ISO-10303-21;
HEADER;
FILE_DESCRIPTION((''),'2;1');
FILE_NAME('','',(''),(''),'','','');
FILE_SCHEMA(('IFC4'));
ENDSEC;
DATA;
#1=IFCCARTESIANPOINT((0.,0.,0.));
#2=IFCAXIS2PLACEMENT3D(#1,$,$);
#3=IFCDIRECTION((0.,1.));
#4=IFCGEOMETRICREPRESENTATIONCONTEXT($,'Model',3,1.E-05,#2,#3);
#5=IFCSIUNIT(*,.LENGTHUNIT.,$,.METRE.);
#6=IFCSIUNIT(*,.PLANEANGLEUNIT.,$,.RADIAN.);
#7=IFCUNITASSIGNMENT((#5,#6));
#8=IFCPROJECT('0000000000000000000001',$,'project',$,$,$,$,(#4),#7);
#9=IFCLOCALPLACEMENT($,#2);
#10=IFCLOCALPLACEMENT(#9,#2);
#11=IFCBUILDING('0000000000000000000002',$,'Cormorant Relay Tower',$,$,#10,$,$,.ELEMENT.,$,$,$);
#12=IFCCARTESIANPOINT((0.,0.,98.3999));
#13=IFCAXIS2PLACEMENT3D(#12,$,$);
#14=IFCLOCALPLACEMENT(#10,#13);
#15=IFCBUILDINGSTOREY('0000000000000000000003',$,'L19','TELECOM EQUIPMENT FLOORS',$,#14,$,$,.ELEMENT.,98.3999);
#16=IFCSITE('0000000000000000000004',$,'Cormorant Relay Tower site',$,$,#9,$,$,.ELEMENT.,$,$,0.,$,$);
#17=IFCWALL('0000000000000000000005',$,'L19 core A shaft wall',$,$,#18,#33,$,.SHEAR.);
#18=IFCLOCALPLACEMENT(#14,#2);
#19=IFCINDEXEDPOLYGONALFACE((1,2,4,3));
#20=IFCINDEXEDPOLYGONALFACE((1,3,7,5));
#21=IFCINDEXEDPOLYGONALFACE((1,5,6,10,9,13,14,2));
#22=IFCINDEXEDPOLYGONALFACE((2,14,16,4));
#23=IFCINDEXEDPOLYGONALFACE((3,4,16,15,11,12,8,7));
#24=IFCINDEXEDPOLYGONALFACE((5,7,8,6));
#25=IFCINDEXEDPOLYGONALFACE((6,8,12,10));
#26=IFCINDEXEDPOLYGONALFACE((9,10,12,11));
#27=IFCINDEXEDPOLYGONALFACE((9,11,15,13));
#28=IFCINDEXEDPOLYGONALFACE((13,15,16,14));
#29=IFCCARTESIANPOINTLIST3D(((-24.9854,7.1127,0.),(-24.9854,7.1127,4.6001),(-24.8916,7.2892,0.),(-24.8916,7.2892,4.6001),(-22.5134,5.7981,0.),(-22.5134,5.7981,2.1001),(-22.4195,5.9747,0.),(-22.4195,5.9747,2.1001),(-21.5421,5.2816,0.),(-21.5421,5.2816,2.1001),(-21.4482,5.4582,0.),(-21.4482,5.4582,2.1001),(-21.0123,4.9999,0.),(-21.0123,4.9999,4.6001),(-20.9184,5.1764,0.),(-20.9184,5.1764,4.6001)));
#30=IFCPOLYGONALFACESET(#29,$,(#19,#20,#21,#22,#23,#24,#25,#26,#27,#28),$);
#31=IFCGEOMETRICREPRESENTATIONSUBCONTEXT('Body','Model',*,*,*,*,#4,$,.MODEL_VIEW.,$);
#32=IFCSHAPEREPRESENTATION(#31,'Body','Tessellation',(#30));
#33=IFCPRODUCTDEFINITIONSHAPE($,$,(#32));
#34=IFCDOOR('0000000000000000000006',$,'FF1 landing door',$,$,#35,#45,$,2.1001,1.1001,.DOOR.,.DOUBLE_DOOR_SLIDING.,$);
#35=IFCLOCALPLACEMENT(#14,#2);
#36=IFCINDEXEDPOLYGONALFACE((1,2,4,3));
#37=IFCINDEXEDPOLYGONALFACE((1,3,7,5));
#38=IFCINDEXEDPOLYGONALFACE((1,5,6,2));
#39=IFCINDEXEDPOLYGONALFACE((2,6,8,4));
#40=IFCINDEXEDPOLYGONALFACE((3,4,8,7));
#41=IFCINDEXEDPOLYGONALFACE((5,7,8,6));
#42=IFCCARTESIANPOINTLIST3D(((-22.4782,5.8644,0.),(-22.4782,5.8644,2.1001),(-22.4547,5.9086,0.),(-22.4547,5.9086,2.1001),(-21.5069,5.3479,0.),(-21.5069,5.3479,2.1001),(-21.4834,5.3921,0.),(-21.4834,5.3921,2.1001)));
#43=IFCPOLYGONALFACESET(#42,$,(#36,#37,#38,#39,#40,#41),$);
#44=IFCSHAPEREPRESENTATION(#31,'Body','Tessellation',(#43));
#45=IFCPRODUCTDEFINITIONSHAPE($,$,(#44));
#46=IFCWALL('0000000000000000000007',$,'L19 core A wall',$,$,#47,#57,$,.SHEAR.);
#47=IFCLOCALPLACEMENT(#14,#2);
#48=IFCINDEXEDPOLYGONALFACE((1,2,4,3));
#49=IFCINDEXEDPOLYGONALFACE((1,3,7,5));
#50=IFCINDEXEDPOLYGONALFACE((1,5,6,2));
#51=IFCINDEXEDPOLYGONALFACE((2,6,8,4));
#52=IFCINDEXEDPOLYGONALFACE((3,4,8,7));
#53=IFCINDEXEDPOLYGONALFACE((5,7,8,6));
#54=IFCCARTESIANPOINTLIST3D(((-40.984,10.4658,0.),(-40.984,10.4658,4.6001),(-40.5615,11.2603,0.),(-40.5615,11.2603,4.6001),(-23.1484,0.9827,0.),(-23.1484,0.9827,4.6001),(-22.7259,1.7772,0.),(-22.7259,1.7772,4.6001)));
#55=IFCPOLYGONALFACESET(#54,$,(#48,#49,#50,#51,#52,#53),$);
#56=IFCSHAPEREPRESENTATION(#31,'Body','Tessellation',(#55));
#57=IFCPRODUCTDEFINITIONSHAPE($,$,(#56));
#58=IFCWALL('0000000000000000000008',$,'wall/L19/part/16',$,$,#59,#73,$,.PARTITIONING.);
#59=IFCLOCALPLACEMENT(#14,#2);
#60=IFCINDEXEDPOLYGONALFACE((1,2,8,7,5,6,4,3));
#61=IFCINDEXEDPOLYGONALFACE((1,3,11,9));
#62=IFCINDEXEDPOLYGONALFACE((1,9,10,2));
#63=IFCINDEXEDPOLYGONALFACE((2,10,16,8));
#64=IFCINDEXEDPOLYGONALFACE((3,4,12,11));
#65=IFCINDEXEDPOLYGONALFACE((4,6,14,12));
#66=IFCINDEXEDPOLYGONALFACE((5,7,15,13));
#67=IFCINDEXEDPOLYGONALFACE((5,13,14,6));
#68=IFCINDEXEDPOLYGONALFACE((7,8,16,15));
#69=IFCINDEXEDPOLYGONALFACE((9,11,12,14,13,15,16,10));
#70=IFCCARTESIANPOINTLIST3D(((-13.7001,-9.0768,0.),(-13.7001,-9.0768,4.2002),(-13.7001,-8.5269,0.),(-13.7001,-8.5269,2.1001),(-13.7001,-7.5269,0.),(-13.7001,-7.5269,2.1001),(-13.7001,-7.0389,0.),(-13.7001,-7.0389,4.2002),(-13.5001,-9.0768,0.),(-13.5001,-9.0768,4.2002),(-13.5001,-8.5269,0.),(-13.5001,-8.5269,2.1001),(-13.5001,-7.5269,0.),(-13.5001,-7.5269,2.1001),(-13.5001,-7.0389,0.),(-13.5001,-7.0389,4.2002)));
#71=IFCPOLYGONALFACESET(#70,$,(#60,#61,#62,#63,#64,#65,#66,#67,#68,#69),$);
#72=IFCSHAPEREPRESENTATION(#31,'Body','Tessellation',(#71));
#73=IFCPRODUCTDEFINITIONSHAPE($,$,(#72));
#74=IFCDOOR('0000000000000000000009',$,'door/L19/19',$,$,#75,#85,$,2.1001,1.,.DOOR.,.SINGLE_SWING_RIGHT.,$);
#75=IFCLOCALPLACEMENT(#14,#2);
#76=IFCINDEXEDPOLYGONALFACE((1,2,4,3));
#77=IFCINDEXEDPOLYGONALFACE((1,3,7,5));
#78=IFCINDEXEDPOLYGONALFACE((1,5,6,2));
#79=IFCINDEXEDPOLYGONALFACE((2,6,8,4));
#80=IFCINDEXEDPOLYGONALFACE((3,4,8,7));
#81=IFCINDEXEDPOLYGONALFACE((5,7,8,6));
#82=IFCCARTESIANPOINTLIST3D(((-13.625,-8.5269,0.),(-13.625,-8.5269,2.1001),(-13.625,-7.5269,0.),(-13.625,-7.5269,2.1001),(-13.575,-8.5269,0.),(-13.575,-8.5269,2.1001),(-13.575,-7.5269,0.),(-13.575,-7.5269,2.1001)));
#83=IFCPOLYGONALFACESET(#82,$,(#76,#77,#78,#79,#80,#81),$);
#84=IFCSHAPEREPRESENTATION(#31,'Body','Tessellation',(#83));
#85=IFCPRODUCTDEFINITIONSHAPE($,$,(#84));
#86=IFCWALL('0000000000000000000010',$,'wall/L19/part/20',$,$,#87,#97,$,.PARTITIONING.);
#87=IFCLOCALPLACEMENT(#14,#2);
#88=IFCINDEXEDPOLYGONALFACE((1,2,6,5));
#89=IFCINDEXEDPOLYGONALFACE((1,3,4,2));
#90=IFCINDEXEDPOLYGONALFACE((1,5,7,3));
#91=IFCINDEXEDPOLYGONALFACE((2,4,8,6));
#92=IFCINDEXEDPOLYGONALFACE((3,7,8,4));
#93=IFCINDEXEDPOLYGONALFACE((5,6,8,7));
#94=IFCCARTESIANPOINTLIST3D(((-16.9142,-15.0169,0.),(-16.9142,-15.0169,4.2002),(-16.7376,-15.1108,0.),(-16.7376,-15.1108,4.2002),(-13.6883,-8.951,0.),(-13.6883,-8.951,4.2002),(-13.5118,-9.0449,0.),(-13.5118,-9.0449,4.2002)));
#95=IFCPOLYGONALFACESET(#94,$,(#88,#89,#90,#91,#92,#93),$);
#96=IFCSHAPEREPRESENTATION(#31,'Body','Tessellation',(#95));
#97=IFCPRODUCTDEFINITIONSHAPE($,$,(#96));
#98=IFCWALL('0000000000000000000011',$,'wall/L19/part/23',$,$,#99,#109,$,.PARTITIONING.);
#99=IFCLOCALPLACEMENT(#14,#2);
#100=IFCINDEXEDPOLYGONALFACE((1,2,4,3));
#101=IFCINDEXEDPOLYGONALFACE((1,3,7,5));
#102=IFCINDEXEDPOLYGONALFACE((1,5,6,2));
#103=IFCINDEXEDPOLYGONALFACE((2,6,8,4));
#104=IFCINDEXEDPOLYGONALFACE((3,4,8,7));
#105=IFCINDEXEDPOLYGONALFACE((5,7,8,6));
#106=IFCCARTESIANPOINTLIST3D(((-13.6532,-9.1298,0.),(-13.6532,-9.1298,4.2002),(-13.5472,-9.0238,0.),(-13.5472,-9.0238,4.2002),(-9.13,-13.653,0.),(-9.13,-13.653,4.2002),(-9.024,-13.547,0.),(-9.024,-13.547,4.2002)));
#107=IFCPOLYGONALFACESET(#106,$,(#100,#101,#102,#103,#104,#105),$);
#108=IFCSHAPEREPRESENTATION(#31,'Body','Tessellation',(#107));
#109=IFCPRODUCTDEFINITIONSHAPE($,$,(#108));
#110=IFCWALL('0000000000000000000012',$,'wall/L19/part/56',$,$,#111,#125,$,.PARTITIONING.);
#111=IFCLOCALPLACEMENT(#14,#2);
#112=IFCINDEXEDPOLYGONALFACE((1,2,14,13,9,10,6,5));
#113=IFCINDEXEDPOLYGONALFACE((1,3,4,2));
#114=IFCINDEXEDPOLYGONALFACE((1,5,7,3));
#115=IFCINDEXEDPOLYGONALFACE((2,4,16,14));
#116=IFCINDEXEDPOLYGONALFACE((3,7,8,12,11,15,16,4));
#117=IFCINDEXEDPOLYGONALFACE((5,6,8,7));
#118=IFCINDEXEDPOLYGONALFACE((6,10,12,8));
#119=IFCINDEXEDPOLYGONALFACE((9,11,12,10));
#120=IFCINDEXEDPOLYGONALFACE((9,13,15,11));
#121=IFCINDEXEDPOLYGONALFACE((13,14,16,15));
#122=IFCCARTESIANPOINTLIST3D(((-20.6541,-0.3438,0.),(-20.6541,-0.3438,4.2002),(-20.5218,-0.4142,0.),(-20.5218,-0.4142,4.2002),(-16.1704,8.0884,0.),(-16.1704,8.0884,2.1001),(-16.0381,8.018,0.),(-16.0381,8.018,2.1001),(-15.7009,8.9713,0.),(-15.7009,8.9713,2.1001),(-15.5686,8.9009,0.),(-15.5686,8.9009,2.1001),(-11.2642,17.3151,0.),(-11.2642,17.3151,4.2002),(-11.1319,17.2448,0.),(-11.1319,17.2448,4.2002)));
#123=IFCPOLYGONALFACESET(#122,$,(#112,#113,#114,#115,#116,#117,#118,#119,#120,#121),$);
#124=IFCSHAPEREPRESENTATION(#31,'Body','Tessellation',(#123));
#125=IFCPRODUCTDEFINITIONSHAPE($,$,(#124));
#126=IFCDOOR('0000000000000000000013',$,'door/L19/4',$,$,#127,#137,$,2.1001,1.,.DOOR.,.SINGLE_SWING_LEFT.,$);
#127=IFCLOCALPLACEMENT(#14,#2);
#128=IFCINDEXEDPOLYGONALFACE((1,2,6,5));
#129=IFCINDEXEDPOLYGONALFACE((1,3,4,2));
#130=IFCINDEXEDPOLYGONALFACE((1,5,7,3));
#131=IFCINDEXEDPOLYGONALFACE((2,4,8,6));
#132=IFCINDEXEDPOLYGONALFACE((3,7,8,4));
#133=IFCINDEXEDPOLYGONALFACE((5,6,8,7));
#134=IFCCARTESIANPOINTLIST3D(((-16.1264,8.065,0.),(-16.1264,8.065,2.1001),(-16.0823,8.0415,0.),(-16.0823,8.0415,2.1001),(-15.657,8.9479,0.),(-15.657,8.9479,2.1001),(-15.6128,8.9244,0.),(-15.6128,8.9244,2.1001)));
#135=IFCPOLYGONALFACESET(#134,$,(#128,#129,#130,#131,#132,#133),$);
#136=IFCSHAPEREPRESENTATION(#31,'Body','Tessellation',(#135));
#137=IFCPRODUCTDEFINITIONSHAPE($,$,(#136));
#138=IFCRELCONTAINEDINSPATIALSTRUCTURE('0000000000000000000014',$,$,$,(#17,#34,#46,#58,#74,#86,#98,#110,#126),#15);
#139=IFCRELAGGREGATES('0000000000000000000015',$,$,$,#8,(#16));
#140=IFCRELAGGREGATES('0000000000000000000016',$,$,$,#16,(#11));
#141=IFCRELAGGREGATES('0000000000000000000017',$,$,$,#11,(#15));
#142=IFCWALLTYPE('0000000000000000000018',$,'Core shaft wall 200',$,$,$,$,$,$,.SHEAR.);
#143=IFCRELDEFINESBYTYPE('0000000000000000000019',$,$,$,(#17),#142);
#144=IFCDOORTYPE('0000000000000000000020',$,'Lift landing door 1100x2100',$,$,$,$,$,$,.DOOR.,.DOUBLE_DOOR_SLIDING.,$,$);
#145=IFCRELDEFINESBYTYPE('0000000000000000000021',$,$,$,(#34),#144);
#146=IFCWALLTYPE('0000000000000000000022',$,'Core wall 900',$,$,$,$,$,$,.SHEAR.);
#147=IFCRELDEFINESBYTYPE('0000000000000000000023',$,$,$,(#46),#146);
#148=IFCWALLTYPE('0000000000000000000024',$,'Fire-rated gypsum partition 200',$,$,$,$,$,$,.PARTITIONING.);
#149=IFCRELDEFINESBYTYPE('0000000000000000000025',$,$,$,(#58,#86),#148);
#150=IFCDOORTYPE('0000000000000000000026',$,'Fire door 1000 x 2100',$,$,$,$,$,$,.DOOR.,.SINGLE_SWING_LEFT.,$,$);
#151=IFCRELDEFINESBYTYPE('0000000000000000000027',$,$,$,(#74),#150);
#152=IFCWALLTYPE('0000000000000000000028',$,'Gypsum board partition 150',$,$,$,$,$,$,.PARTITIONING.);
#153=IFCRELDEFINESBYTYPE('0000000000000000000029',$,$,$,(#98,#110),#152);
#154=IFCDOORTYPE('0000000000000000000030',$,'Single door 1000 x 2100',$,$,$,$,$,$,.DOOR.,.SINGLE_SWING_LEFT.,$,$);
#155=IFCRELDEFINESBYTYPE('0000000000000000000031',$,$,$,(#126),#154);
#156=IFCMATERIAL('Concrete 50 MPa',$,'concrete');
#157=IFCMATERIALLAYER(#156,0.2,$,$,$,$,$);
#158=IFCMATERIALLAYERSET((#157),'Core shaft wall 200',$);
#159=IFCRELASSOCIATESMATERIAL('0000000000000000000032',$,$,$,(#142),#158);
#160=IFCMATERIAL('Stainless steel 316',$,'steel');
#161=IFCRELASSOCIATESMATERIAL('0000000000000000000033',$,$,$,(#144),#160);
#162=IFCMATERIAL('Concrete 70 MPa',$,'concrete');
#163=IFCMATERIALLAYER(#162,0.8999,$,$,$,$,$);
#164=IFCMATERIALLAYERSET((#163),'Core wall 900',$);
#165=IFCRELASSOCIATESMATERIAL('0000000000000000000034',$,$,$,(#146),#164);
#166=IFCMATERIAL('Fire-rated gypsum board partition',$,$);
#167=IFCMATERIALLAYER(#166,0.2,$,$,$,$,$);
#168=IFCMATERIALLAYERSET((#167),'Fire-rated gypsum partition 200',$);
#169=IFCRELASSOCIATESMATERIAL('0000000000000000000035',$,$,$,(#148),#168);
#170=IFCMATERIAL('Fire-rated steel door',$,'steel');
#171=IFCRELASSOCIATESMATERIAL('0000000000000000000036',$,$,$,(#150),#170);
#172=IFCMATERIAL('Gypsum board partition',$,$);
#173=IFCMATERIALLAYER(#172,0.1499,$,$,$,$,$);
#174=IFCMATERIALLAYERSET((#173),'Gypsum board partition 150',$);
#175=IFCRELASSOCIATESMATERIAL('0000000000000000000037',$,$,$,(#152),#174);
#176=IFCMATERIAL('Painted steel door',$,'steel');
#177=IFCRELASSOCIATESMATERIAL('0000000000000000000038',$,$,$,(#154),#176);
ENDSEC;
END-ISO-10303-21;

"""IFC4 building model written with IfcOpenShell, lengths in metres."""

from ifc_helpers import new_model, si_unit, direction, frame, frame_2d, origin, place, context, subcontext, project, spatial, rectangle, extrude, material, layer, layer_set, type_object, element, fill, save


model = new_model("IFC4")

# Units and contexts
model_context = context("Model", 3, precision=1e-05, world=origin(), true_north=direction((0.0, 1.0)))
body_context = subcontext(model_context, "Body", "Model", "MODEL_VIEW")
ifc_project = project(units=[si_unit("LENGTHUNIT", "METRE"), si_unit("PLANEANGLEUNIT", "RADIAN")], contexts=[model_context])

# Site, building, storey
site_placement = place(None, origin())
site = spatial("IfcSite", under=ifc_project, at=site_placement, Name="Cormorant Relay Tower site", CompositionType="ELEMENT", RefElevation=0.0)
building_placement = place(site_placement, origin())
building = spatial("IfcBuilding", under=site, at=building_placement, Name="Cormorant Relay Tower", CompositionType="ELEMENT")
storey_placement = place(building_placement, frame((0.0, 0.0, 98.3999)))
storey = spatial("IfcBuildingStorey", under=building, at=storey_placement, Name="L19", Description="TELECOM EQUIPMENT FLOORS", CompositionType="ELEMENT", Elevation=98.3999)

# Shared definitions
ifc_material_1 = material(Name="Concrete 50 MPa", Category="concrete")
ifc_layer_1 = layer(ifc_material_1, 0.2)
ifc_layer_set_1 = layer_set([ifc_layer_1], Name="Core shaft wall 200")
wall_type_1 = type_object("IfcWallType", Name="Core shaft wall 200", PredefinedType="SHEAR", material=ifc_layer_set_1)

# Wall, opening, door
wall_1_placement = place(storey_placement, frame((-20.9653, 5.0881, 0.0), z_axis=(0.0, 0.0, 1.0), x_axis=(-0.882926, 0.469512, 0.0)))
wall_1 = element("IfcWall", 1, at=wall_1_placement, inside=storey, type_object=wall_type_1, Name="L19 core A shaft wall", PredefinedType="SHEAR", context=body_context, shape_type="SweptSolid", body=[
    extrude(rectangle(XDim=4.5, YDim=0.2, at=frame_2d((2.25, 0.0))), origin(), (0.0, 0.0, 1.0), 4.6001),
])
opening_1_placement = place(wall_1_placement, frame((0.6001, 0.0, 0.0)))
opening_1 = element("IfcOpeningElement", 2, at=opening_1_placement, cuts=wall_1, PredefinedType="OPENING", context=body_context, shape_type="SweptSolid", body=[
    extrude(rectangle(XDim=1.1001, YDim=2.1001, at=frame_2d((0.55, 1.05))), frame((0.0, 0.1099, 0.0), z_axis=(0.0, -1.0, 0.0), x_axis=(1.0, 0.0, 0.0)), (0.0, 0.0, 1.0), 0.22),
])
ifc_material_2 = material(Name="Stainless steel 316", Category="steel")
door_type_1 = type_object("IfcDoorType", Name="Lift landing door 1100x2100", OperationType="DOUBLE_DOOR_SLIDING", PredefinedType="DOOR", material=ifc_material_2)
door_1_placement = place(opening_1_placement, origin())
door_1 = element("IfcDoor", 3, at=door_1_placement, inside=storey, type_object=door_type_1, Name="FF1 landing door", OperationType="DOUBLE_DOOR_SLIDING", OverallHeight=2.1001, OverallWidth=1.1001, PredefinedType="DOOR", context=body_context, shape_type="SweptSolid", body=[
    extrude(rectangle(XDim=1.1001, YDim=2.1001, at=frame_2d((0.55, 1.05))), frame((0.0, 0.0249, 0.0), z_axis=(0.0, -1.0, 0.0), x_axis=(1.0, 0.0, 0.0)), (0.0, 0.0, 1.0), 0.05),
])
fill(opening_1, door_1)

# Wall
ifc_material_3 = material(Name="Concrete 70 MPa", Category="concrete")
ifc_layer_2 = layer(ifc_material_3, 0.8999)
ifc_layer_set_2 = layer_set([ifc_layer_2], Name="Core wall 900")
wall_type_2 = type_object("IfcWallType", Name="Core wall 900", PredefinedType="SHEAR", material=ifc_layer_set_2)
wall_2_placement = place(storey_placement, frame((-22.937, 1.3799, 0.0), z_axis=(0.0, 0.0, 1.0), x_axis=(-0.882953, 0.469462, 0.0)))
element("IfcWall", 4, at=wall_2_placement, inside=storey, type_object=wall_type_2, Name="L19 core A wall", PredefinedType="SHEAR", context=body_context, shape_type="SweptSolid", body=[
    extrude(rectangle(XDim=20.2, YDim=0.8999, at=frame_2d((10.1001, 0.0))), origin(), (0.0, 0.0, 1.0), 4.6001),
])

# Wall, opening, door
ifc_material_4 = material(Name="Fire-rated gypsum board partition")
ifc_layer_3 = layer(ifc_material_4, 0.2)
ifc_layer_set_3 = layer_set([ifc_layer_3], Name="Fire-rated gypsum partition 200")
wall_type_3 = type_object("IfcWallType", Name="Fire-rated gypsum partition 200", PredefinedType="PARTITIONING", material=ifc_layer_set_3)
wall_3_placement = place(storey_placement, frame((-13.6001, -9.0769, 0.0), z_axis=(0.0, 0.0, 1.0), x_axis=(0.0, 1.0, 0.0)))
wall_3 = element("IfcWall", 5, at=wall_3_placement, inside=storey, type_object=wall_type_3, Name="wall/L19/part/16", PredefinedType="PARTITIONING", context=body_context, shape_type="SweptSolid", body=[
    extrude(rectangle(XDim=2.0378, YDim=0.2, at=frame_2d((1.019, 0.0))), origin(), (0.0, 0.0, 1.0), 4.2002),
])
opening_2_placement = place(wall_3_placement, frame((0.55, 0.0, 0.0)))
opening_2 = element("IfcOpeningElement", 6, at=opening_2_placement, cuts=wall_3, PredefinedType="OPENING", context=body_context, shape_type="SweptSolid", body=[
    extrude(rectangle(XDim=1.0, YDim=2.1001, at=frame_2d((0.5, 1.05))), frame((0.0, 0.1099, 0.0), z_axis=(0.0, -1.0, 0.0), x_axis=(1.0, 0.0, 0.0)), (0.0, 0.0, 1.0), 0.22),
])
ifc_material_5 = material(Name="Fire-rated steel door", Category="steel")
door_type_2 = type_object("IfcDoorType", Name="Fire door 1000 x 2100", OperationType="SINGLE_SWING_LEFT", PredefinedType="DOOR", material=ifc_material_5)
door_2_placement = place(opening_2_placement, origin())
door_2 = element("IfcDoor", 7, at=door_2_placement, inside=storey, type_object=door_type_2, Name="door/L19/19", OperationType="SINGLE_SWING_RIGHT", OverallHeight=2.1001, OverallWidth=1.0, PredefinedType="DOOR", context=body_context, shape_type="SweptSolid", body=[
    extrude(rectangle(XDim=1.0, YDim=2.1001, at=frame_2d((0.5, 1.05))), frame((0.0, 0.0249, 0.0), z_axis=(0.0, -1.0, 0.0), x_axis=(1.0, 0.0, 0.0)), (0.0, 0.0, 1.0), 0.05),
])
fill(opening_2, door_2)

# Walls
wall_4_placement = place(storey_placement, frame((-13.6001, -8.998, 0.0), z_axis=(0.0, 0.0, 1.0), x_axis=(-0.469531, -0.882916, 0.0)))
element("IfcWall", 8, at=wall_4_placement, inside=storey, type_object=wall_type_3, Name="wall/L19/part/20", PredefinedType="PARTITIONING", context=body_context, shape_type="SweptSolid", body=[
    extrude(rectangle(XDim=6.8704, YDim=0.2, at=frame_2d((3.4351, 0.0))), origin(), (0.0, 0.0, 1.0), 4.2002),
])
ifc_material_6 = material(Name="Gypsum board partition")
ifc_layer_4 = layer(ifc_material_6, 0.1499)
ifc_layer_set_4 = layer_set([ifc_layer_4], Name="Gypsum board partition 150")
wall_type_4 = type_object("IfcWallType", Name="Gypsum board partition 150", PredefinedType="PARTITIONING", material=ifc_layer_set_4)
wall_5_placement = place(storey_placement, frame((-13.6001, -9.0769, 0.0), z_axis=(0.0, 0.0, 1.0), x_axis=(0.707107, -0.707107, 0.0)))
element("IfcWall", 9, at=wall_5_placement, inside=storey, type_object=wall_type_4, Name="wall/L19/part/23", PredefinedType="PARTITIONING", context=body_context, shape_type="SweptSolid", body=[
    extrude(rectangle(XDim=6.3967, YDim=0.1499, at=frame_2d((3.1982, 0.0))), origin(), (0.0, 0.0, 1.0), 4.2002),
])

# Wall, opening, door
wall_6_placement = place(storey_placement, frame((-20.5879, -0.3789, 0.0), z_axis=(0.0, 0.0, 1.0), x_axis=(0.46949, 0.882938, 0.0)))
wall_6 = element("IfcWall", 10, at=wall_6_placement, inside=storey, type_object=wall_type_4, Name="wall/L19/part/56", PredefinedType="PARTITIONING", context=body_context, shape_type="SweptSolid", body=[
    extrude(rectangle(XDim=20.0002, YDim=0.1499, at=frame_2d((10.0, 0.0))), origin(), (0.0, 0.0, 1.0), 4.2002),
])
opening_3_placement = place(wall_6_placement, frame((9.55, 0.0, 0.0)))
opening_3 = element("IfcOpeningElement", 11, at=opening_3_placement, cuts=wall_6, PredefinedType="OPENING", context=body_context, shape_type="SweptSolid", body=[
    extrude(rectangle(XDim=1.0, YDim=2.1001, at=frame_2d((0.5, 1.05))), frame((0.0, 0.085, 0.0), z_axis=(0.0, -1.0, 0.0), x_axis=(1.0, 0.0, 0.0)), (0.0, 0.0, 1.0), 0.1699),
])
ifc_material_7 = material(Name="Painted steel door", Category="steel")
door_type_3 = type_object("IfcDoorType", Name="Single door 1000 x 2100", OperationType="SINGLE_SWING_LEFT", PredefinedType="DOOR", material=ifc_material_7)
door_3_placement = place(opening_3_placement, frame((1.0, 0.0, 0.0), z_axis=(0.0, 0.0, 1.0), x_axis=(-1.0, 0.0, 0.0)))
door_3 = element("IfcDoor", 12, at=door_3_placement, inside=storey, type_object=door_type_3, Name="door/L19/4", OperationType="SINGLE_SWING_LEFT", OverallHeight=2.1001, OverallWidth=1.0, PredefinedType="DOOR", context=body_context, shape_type="SweptSolid", body=[
    extrude(rectangle(XDim=1.0, YDim=2.1001, at=frame_2d((0.5, 1.05))), frame((0.0, 0.0249, 0.0), z_axis=(0.0, -1.0, 0.0), x_axis=(1.0, 0.0, 0.0)), (0.0, 0.0, 1.0), 0.05),
])
fill(opening_3, door_3)

save(model, "model.ifc")
